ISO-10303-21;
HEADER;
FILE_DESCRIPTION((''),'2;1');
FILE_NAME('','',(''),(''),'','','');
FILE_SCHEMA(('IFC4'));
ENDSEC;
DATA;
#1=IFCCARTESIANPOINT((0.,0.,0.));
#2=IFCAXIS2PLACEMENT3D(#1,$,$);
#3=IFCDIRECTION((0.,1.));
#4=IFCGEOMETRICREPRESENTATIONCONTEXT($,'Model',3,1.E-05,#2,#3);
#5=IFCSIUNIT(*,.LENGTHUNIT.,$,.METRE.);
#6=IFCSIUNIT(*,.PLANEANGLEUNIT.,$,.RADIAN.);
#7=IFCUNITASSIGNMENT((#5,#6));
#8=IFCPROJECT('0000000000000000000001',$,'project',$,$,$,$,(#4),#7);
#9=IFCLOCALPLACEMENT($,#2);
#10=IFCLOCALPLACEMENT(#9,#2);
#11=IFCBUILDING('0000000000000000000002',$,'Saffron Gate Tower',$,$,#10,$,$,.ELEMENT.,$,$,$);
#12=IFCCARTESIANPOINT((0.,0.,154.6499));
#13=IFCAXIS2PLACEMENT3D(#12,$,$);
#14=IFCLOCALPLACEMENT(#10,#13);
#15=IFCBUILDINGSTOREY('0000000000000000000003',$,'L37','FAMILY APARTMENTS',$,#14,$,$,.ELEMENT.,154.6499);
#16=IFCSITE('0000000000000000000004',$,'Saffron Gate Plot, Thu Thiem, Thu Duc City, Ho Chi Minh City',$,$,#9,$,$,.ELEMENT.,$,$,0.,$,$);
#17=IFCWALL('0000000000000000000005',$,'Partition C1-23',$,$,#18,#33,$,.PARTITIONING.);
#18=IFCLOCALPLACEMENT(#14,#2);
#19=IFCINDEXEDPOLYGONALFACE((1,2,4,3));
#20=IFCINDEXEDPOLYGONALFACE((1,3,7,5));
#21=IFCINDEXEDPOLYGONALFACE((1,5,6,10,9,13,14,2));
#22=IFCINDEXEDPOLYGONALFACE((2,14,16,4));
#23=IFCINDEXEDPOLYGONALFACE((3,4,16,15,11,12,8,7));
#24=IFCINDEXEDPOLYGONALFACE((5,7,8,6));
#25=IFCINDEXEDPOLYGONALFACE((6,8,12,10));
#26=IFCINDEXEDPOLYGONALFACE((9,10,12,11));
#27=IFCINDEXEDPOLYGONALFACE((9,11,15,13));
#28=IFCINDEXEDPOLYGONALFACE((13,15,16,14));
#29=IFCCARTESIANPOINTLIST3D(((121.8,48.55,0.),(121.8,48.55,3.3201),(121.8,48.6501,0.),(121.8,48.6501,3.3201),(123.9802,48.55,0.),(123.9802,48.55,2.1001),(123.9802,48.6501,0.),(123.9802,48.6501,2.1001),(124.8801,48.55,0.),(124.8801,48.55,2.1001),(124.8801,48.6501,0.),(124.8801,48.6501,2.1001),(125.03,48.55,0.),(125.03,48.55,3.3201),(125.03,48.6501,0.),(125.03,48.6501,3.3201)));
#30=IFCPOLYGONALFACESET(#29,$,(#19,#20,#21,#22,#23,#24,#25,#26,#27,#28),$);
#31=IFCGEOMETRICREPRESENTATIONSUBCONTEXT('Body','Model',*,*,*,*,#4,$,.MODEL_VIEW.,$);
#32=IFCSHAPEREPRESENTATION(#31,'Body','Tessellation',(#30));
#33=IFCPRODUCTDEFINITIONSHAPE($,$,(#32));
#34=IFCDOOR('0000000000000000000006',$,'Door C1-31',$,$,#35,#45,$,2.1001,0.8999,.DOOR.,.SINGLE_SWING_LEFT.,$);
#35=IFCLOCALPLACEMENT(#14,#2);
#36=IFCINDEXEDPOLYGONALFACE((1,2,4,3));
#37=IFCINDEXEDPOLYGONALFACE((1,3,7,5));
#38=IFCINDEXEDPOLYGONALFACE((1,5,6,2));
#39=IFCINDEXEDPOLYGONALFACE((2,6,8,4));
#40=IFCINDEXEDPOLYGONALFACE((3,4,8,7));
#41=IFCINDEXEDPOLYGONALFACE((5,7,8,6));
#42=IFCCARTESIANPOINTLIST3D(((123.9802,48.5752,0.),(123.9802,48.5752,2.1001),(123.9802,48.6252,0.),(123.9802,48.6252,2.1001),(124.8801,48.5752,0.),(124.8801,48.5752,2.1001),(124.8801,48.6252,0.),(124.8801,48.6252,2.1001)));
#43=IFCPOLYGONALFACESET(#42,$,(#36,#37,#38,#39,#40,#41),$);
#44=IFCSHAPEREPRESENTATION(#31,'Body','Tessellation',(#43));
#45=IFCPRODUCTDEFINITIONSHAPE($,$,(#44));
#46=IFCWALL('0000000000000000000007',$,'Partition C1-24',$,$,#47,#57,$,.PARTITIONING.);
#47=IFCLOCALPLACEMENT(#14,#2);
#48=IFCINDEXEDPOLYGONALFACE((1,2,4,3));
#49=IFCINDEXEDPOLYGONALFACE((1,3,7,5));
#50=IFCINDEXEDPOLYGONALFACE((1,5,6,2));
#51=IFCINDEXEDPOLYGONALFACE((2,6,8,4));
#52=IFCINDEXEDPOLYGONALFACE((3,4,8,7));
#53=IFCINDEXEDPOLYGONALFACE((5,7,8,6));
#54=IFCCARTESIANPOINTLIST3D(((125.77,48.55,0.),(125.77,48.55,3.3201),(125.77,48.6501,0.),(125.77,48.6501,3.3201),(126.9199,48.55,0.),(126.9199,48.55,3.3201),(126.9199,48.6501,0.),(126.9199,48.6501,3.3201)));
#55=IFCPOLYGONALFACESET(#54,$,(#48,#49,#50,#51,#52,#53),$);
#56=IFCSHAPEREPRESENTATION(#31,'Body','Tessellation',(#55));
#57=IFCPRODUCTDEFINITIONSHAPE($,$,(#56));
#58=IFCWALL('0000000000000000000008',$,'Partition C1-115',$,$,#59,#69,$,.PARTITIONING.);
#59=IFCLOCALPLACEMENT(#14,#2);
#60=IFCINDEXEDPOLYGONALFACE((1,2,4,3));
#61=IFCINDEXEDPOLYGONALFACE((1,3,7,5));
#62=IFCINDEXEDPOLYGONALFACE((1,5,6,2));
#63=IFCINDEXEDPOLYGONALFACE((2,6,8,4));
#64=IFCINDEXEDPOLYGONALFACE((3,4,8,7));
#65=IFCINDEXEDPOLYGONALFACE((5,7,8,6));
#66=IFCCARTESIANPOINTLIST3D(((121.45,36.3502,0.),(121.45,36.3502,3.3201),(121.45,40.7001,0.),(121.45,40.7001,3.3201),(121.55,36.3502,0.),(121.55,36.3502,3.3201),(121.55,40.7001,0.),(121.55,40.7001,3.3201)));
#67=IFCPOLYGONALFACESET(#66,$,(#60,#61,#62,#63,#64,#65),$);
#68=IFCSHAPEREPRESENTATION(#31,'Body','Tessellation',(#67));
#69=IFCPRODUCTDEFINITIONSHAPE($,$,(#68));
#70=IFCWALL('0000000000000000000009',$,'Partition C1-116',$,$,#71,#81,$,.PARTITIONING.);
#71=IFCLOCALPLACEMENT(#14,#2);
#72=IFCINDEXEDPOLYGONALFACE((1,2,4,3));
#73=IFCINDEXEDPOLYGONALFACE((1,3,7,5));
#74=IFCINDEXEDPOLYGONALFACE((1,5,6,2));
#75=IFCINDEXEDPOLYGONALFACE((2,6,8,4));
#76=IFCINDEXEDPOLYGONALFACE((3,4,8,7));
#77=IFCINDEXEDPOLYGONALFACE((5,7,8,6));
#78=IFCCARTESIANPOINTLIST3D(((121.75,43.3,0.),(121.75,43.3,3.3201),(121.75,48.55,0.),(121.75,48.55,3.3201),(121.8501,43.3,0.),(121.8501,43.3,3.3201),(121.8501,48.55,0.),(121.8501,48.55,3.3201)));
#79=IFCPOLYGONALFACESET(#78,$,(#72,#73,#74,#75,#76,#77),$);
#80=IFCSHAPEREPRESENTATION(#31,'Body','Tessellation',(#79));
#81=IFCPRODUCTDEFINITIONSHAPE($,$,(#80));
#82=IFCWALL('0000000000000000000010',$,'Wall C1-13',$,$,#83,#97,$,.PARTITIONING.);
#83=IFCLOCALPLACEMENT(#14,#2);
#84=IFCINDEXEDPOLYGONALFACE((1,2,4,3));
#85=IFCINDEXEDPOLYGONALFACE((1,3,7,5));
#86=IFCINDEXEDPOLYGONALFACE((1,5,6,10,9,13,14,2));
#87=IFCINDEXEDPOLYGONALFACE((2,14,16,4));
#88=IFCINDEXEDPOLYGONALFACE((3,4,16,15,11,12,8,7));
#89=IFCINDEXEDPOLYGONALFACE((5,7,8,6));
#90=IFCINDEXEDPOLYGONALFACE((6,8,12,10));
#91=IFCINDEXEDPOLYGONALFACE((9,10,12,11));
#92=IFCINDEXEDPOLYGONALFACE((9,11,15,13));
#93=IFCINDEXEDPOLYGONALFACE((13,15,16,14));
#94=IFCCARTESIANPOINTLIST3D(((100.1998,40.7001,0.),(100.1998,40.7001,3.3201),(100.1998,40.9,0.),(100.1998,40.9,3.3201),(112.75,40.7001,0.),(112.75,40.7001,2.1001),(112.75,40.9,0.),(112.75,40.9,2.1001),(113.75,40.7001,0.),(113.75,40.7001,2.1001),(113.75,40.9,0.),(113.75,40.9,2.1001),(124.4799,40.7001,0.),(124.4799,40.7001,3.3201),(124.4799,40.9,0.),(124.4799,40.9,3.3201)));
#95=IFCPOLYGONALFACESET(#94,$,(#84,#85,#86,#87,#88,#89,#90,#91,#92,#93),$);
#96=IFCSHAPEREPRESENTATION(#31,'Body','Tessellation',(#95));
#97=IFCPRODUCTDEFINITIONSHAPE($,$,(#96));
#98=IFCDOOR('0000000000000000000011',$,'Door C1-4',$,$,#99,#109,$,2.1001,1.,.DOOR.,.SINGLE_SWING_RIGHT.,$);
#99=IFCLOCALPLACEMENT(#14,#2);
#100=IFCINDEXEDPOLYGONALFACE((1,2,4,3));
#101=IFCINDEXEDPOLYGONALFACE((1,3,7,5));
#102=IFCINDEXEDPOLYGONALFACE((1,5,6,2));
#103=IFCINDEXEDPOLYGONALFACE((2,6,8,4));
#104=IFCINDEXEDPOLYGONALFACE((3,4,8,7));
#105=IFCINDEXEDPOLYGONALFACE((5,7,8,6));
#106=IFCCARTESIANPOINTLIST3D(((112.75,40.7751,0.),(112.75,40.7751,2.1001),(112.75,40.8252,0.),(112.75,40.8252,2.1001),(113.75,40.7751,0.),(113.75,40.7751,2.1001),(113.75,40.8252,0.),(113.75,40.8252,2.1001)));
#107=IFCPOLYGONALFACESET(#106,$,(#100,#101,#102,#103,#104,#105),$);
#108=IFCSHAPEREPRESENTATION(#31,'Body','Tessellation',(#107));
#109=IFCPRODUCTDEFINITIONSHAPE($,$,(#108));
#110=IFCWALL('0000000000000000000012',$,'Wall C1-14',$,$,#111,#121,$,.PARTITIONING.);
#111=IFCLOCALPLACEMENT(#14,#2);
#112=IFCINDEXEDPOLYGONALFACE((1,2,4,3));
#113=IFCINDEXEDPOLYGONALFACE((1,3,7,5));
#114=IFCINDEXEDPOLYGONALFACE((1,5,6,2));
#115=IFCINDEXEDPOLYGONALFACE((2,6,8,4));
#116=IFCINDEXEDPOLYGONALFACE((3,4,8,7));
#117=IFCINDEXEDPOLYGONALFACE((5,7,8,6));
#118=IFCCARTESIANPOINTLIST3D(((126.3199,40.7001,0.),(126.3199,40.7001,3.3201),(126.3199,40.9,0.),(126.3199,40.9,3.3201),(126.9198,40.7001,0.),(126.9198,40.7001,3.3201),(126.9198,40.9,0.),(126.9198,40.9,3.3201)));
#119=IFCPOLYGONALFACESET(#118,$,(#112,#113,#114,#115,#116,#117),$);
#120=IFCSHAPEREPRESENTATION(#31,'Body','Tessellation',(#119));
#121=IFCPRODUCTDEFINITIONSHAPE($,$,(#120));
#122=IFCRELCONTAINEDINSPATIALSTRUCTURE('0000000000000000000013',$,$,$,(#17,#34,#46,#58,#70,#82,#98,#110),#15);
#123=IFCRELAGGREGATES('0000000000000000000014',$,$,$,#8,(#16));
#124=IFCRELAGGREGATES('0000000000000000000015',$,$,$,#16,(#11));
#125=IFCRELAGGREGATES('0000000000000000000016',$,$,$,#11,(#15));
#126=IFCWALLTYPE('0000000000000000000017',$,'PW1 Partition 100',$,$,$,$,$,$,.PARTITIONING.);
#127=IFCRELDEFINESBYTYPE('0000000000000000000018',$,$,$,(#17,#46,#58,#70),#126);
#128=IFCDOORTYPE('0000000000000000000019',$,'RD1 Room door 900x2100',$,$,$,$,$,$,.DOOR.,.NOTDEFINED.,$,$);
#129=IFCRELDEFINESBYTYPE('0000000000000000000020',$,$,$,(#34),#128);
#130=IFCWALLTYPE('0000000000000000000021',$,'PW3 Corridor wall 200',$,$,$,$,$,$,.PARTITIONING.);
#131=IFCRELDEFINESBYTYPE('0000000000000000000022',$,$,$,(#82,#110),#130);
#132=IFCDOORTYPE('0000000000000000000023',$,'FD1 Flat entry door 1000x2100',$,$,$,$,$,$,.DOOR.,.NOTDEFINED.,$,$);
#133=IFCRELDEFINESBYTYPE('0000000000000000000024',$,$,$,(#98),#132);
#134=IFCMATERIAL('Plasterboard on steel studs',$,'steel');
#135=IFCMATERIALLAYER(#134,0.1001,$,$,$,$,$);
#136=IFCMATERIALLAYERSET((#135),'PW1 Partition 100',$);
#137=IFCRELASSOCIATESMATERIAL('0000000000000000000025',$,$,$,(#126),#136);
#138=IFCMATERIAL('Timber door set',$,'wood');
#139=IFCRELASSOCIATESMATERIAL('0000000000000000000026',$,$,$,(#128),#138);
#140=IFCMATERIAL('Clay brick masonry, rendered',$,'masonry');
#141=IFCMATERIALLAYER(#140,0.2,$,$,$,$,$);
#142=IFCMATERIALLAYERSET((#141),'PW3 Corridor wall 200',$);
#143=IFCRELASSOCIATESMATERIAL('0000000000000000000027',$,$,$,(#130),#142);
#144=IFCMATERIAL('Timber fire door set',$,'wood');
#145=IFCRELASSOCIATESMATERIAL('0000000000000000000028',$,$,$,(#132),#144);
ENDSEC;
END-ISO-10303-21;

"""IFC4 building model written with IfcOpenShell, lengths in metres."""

from ifc_helpers import new_model, si_unit, direction, frame, frame_2d, origin, place, context, subcontext, project, spatial, rectangle, extrude, material, layer, layer_set, type_object, element, fill, save


model = new_model("IFC4")

# Units and contexts
model_context = context("Model", 3, precision=1e-05, world=origin(), true_north=direction((0.0, 1.0)))
body_context = subcontext(model_context, "Body", "Model", "MODEL_VIEW")
ifc_project = project(units=[si_unit("LENGTHUNIT", "METRE"), si_unit("PLANEANGLEUNIT", "RADIAN")], contexts=[model_context])

# Site, building, storey
site_placement = place(None, origin())
site = spatial("IfcSite", under=ifc_project, at=site_placement, Name="Saffron Gate Plot, Thu Thiem, Thu Duc City, Ho Chi Minh City", CompositionType="ELEMENT", RefElevation=0.0)
building_placement = place(site_placement, origin())
building = spatial("IfcBuilding", under=site, at=building_placement, Name="Saffron Gate Tower", CompositionType="ELEMENT")
storey_placement = place(building_placement, frame((0.0, 0.0, 154.6499)))
storey = spatial("IfcBuildingStorey", under=building, at=storey_placement, Name="L37", Description="FAMILY APARTMENTS", CompositionType="ELEMENT", Elevation=154.6499)

# Wall, opening, door
ifc_material_1 = material(Name="Plasterboard on steel studs", Category="steel")
ifc_layer_1 = layer(ifc_material_1, 0.1001)
ifc_layer_set_1 = layer_set([ifc_layer_1], Name="PW1 Partition 100")
wall_type_1 = type_object("IfcWallType", Name="PW1 Partition 100", PredefinedType="PARTITIONING", material=ifc_layer_set_1)
ifc_material_2 = material(Name="Timber door set", Category="wood")
door_type_1 = type_object("IfcDoorType", Name="RD1 Room door 900x2100", OperationType="NOTDEFINED", PredefinedType="DOOR", material=ifc_material_2)
wall_1_placement = place(storey_placement, frame((125.03, 48.6001, 0.0), z_axis=(0.0, 0.0, 1.0), x_axis=(-1.0, 0.0, 0.0)))
wall_1 = element("IfcWall", 1, at=wall_1_placement, inside=storey, type_object=wall_type_1, Name="Partition C1-23", PredefinedType="PARTITIONING", context=body_context, shape_type="SweptSolid", body=[
    extrude(rectangle(XDim=3.23, YDim=0.1001, at=frame_2d((1.615, 0.0))), origin(), (0.0, 0.0, 1.0), 3.3201),
])
opening_1_placement = place(wall_1_placement, frame((0.1499, 0.0, 0.0)))
opening_1 = element("IfcOpeningElement", 2, at=opening_1_placement, cuts=wall_1, PredefinedType="OPENING", context=body_context, shape_type="SweptSolid", body=[
    extrude(rectangle(XDim=0.8999, YDim=2.1001, at=frame_2d((0.45, 1.05))), frame((0.0, 0.0601, 0.0), z_axis=(0.0, -1.0, 0.0), x_axis=(1.0, 0.0, 0.0)), (0.0, 0.0, 1.0), 0.1201),
])
door_1_placement = place(opening_1_placement, origin())
door_1 = element("IfcDoor", 3, at=door_1_placement, inside=storey, type_object=door_type_1, Name="Door C1-31", OperationType="SINGLE_SWING_LEFT", OverallHeight=2.1001, OverallWidth=0.8999, PredefinedType="DOOR", context=body_context, shape_type="SweptSolid", body=[
    extrude(rectangle(XDim=0.8999, YDim=2.1001, at=frame_2d((0.45, 1.05))), frame((0.0, 0.0249, 0.0), z_axis=(0.0, -1.0, 0.0), x_axis=(1.0, 0.0, 0.0)), (0.0, 0.0, 1.0), 0.05),
])
fill(opening_1, door_1)

# Walls
wall_2_placement = place(storey_placement, frame((125.77, 48.6001, 0.0), z_axis=(0.0, 0.0, 1.0), x_axis=(1.0, 0.0, 0.0)))
element("IfcWall", 4, at=wall_2_placement, inside=storey, type_object=wall_type_1, Name="Partition C1-24", PredefinedType="PARTITIONING", context=body_context, shape_type="SweptSolid", body=[
    extrude(rectangle(XDim=1.1499, YDim=0.1001, at=frame_2d((0.575, 0.0))), origin(), (0.0, 0.0, 1.0), 3.3201),
])
wall_3_placement = place(storey_placement, frame((121.5, 40.7, 0.0), z_axis=(0.0, 0.0, 1.0), x_axis=(0.0, -1.0, 0.0)))
element("IfcWall", 5, at=wall_3_placement, inside=storey, type_object=wall_type_1, Name="Partition C1-115", PredefinedType="PARTITIONING", context=body_context, shape_type="SweptSolid", body=[
    extrude(rectangle(XDim=4.3499, YDim=0.1001, at=frame_2d((2.1748, 0.0))), origin(), (0.0, 0.0, 1.0), 3.3201),
])
wall_4_placement = place(storey_placement, frame((121.8, 48.55, 0.0), z_axis=(0.0, 0.0, 1.0), x_axis=(0.0, -1.0, 0.0)))
element("IfcWall", 6, at=wall_4_placement, inside=storey, type_object=wall_type_1, Name="Partition C1-116", PredefinedType="PARTITIONING", context=body_context, shape_type="SweptSolid", body=[
    extrude(rectangle(XDim=5.25, YDim=0.1001, at=frame_2d((2.625, 0.0))), origin(), (0.0, 0.0, 1.0), 3.3201),
])

# Wall, opening, door
ifc_material_3 = material(Name="Clay brick masonry, rendered", Category="masonry")
ifc_layer_2 = layer(ifc_material_3, 0.2)
ifc_layer_set_2 = layer_set([ifc_layer_2], Name="PW3 Corridor wall 200")
wall_type_2 = type_object("IfcWallType", Name="PW3 Corridor wall 200", PredefinedType="PARTITIONING", material=ifc_layer_set_2)
wall_5_placement = place(storey_placement, frame((124.48, 40.8, 0.0), z_axis=(0.0, 0.0, 1.0), x_axis=(-1.0, 0.0, 0.0)))
wall_5 = element("IfcWall", 7, at=wall_5_placement, inside=storey, type_object=wall_type_2, Name="Wall C1-13", PredefinedType="PARTITIONING", context=body_context, shape_type="SweptSolid", body=[
    extrude(rectangle(XDim=24.28, YDim=0.2, at=frame_2d((12.1401, 0.0))), origin(), (0.0, 0.0, 1.0), 3.3201),
])
opening_2_placement = place(wall_5_placement, frame((10.73, 0.0, 0.0)))
opening_2 = element("IfcOpeningElement", 8, at=opening_2_placement, cuts=wall_5, PredefinedType="OPENING", context=body_context, shape_type="SweptSolid", body=[
    extrude(rectangle(XDim=1.0, YDim=2.1001, at=frame_2d((0.5, 1.05))), frame((0.0, 0.1099, 0.0), z_axis=(0.0, -1.0, 0.0), x_axis=(1.0, 0.0, 0.0)), (0.0, 0.0, 1.0), 0.22),
])
ifc_material_4 = material(Name="Timber fire door set", Category="wood")
door_type_2 = type_object("IfcDoorType", Name="FD1 Flat entry door 1000x2100", OperationType="NOTDEFINED", PredefinedType="DOOR", material=ifc_material_4)
door_2_placement = place(opening_2_placement, origin())
door_2 = element("IfcDoor", 9, at=door_2_placement, inside=storey, type_object=door_type_2, Name="Door C1-4", OperationType="SINGLE_SWING_RIGHT", OverallHeight=2.1001, OverallWidth=1.0, PredefinedType="DOOR", context=body_context, shape_type="SweptSolid", body=[
    extrude(rectangle(XDim=1.0, YDim=2.1001, at=frame_2d((0.5, 1.05))), frame((0.0, 0.0249, 0.0), z_axis=(0.0, -1.0, 0.0), x_axis=(1.0, 0.0, 0.0)), (0.0, 0.0, 1.0), 0.05),
])
fill(opening_2, door_2)

# Wall
wall_6_placement = place(storey_placement, frame((126.3201, 40.8, 0.0), z_axis=(0.0, 0.0, 1.0), x_axis=(1.0, 0.0, 0.0)))
element("IfcWall", 10, at=wall_6_placement, inside=storey, type_object=wall_type_2, Name="Wall C1-14", PredefinedType="PARTITIONING", context=body_context, shape_type="SweptSolid", body=[
    extrude(rectangle(XDim=0.5999, YDim=0.2, at=frame_2d((0.2998, 0.0))), origin(), (0.0, 0.0, 1.0), 3.3201),
])

save(model, "model.ifc")
